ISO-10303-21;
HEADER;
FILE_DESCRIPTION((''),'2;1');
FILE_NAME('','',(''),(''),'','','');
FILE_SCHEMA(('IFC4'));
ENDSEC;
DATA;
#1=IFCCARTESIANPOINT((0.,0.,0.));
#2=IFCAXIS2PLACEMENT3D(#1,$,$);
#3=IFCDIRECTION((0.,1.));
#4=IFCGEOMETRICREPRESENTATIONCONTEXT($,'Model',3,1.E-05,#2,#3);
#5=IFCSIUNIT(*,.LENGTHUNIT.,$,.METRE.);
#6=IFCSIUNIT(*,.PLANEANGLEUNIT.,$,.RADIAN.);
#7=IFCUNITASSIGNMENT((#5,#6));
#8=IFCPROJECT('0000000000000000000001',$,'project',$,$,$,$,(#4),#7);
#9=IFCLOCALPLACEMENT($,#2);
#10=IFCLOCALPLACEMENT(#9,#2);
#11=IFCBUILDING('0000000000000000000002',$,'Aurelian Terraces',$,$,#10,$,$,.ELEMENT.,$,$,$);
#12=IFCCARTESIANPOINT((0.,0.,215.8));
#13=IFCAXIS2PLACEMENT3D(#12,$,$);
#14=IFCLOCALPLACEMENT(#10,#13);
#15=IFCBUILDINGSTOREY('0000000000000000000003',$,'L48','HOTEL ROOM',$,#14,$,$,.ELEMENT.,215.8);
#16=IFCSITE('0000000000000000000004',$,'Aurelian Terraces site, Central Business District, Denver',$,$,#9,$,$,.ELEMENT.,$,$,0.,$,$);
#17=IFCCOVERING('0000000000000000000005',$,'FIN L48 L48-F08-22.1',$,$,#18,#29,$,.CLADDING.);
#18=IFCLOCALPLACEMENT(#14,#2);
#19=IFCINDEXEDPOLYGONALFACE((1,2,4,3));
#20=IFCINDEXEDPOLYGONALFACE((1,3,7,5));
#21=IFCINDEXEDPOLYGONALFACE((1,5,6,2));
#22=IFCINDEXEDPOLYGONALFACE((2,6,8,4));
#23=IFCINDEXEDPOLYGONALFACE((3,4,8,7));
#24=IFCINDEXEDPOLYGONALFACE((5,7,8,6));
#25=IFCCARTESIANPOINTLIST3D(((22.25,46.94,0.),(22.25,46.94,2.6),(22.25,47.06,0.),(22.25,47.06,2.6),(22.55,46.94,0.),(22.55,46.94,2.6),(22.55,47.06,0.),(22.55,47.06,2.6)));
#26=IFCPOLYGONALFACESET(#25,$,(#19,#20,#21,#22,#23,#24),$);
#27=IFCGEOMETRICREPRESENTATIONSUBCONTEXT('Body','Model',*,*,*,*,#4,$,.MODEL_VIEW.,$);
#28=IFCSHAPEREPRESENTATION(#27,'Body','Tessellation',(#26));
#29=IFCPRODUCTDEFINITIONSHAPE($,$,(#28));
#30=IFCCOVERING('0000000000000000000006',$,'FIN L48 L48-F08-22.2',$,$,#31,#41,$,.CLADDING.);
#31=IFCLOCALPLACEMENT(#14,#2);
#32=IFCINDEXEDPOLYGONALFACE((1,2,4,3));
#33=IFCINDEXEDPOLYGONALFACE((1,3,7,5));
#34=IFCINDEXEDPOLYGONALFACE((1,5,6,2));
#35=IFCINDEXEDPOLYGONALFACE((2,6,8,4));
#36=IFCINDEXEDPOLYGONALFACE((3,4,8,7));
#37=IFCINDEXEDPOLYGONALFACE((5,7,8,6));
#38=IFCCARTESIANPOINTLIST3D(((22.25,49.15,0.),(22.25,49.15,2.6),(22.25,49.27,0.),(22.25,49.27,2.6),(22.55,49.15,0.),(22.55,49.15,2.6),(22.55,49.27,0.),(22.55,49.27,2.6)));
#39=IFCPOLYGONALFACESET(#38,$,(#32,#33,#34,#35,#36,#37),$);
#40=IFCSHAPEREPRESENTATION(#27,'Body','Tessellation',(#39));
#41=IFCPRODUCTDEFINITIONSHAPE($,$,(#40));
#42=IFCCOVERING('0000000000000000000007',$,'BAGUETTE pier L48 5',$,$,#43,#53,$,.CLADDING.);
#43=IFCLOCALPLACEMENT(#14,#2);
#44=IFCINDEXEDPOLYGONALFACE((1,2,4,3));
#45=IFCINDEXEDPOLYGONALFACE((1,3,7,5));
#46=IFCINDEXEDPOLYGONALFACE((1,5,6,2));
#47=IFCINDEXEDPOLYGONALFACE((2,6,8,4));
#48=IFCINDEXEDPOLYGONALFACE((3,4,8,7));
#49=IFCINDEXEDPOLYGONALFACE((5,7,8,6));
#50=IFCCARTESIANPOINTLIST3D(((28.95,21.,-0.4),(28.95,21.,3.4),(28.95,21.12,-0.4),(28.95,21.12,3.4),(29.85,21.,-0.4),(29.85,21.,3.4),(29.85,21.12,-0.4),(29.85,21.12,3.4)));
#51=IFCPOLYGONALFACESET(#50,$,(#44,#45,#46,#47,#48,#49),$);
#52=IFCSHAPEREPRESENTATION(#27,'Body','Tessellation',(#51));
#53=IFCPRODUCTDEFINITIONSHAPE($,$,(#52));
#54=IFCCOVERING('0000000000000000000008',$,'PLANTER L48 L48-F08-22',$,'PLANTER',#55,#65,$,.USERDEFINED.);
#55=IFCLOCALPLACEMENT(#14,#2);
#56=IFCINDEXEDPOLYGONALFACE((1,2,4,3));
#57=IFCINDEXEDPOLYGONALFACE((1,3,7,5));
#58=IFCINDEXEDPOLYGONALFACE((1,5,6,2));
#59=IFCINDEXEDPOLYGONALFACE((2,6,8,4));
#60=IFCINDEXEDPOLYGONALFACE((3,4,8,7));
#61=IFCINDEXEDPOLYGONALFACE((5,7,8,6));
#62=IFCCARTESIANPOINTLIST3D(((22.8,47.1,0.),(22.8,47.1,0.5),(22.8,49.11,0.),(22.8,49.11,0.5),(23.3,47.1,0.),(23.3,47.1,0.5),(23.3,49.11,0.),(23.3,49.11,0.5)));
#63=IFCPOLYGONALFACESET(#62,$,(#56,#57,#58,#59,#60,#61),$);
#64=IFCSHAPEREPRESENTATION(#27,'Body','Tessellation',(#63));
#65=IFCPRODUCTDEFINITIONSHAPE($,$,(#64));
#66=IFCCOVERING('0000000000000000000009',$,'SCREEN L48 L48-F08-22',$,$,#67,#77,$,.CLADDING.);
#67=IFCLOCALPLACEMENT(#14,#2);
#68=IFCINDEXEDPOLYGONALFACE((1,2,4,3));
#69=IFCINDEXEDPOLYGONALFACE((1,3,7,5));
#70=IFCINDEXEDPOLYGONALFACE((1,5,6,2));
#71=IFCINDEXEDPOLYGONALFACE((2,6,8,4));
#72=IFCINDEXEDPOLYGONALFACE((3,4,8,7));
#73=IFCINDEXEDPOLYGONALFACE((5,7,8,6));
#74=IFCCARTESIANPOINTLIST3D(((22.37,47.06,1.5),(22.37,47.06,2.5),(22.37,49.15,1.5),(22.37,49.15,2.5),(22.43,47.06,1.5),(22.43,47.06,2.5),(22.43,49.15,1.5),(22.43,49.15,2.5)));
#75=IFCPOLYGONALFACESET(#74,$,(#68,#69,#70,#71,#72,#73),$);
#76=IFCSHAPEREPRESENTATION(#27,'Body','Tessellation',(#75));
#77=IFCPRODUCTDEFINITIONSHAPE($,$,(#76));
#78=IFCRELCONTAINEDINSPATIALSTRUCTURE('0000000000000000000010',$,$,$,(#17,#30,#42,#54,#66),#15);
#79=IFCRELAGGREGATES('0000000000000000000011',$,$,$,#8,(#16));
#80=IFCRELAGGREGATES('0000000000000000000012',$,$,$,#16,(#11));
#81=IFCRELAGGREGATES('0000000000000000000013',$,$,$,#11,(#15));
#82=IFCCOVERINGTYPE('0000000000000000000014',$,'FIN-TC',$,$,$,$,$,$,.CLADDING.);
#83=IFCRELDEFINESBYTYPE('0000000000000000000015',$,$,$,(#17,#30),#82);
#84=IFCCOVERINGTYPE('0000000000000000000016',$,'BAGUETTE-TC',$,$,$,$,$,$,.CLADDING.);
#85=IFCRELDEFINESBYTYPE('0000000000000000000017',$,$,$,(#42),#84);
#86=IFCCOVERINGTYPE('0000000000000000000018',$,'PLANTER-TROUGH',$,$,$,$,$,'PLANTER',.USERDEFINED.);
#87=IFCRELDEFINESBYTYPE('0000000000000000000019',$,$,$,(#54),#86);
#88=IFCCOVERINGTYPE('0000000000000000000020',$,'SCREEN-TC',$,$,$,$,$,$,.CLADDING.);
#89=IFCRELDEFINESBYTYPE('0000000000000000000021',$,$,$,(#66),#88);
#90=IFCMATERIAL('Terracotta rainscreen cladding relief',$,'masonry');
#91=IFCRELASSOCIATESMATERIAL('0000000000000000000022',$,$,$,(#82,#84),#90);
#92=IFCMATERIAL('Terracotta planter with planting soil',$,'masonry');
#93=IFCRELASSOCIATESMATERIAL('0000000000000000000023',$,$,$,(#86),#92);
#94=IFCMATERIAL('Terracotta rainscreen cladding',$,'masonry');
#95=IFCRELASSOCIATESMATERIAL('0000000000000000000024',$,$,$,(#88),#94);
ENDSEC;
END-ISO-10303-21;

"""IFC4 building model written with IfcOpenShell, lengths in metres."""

from ifc_helpers import new_model, si_unit, direction, frame, origin, origin_2d, place, context, subcontext, project, spatial, rectangle, extrude, source, transform, mapped, material, type_object, element, save


model = new_model("IFC4")

# Units and contexts
model_context = context("Model", 3, precision=1e-05, world=origin(), true_north=direction((0.0, 1.0)))
body_context = subcontext(model_context, "Body", "Model", "MODEL_VIEW")
ifc_project = project(units=[si_unit("LENGTHUNIT", "METRE"), si_unit("PLANEANGLEUNIT", "RADIAN")], contexts=[model_context])

# Site, building, storey
site_placement = place(None, origin())
site = spatial("IfcSite", under=ifc_project, at=site_placement, Name="Aurelian Terraces site, Central Business District, Denver", CompositionType="ELEMENT", RefElevation=0.0)
building_placement = place(site_placement, origin())
building = spatial("IfcBuilding", under=site, at=building_placement, Name="Aurelian Terraces", CompositionType="ELEMENT")
storey_placement = place(building_placement, frame((0.0, 0.0, 215.8)))
storey = spatial("IfcBuildingStorey", under=building, at=storey_placement, Name="L48", Description="HOTEL ROOM", CompositionType="ELEMENT", Elevation=215.8)

# Shared definitions
ifc_material_1 = material(Name="Terracotta rainscreen cladding", Category="masonry")

# Coverings
ifc_material_2 = material(Name="Terracotta rainscreen cladding relief", Category="masonry")
covering_type_1 = type_object("IfcCoveringType", Name="FIN-TC", PredefinedType="CLADDING", material=ifc_material_2)
shared_shape_1 = source(origin(), body_context, "Body", "SweptSolid", [
    extrude(rectangle(XDim=0.3, YDim=0.12, at=origin_2d()), origin(), (0.0, 0.0, 1.0), 2.6),
])
for number, where, z_axis, x_axis, name in (
    (1, (22.4, 47.0, 0.0), (0.0, 0.0, 1.0), (1.0, 0.0, 0.0), "FIN L48 L48-F08-22.1"),
    (2, (22.4, 49.21, 0.0), (0.0, 0.0, 1.0), (1.0, 0.0, 0.0), "FIN L48 L48-F08-22.2"),
):
    element("IfcCovering", number, at=place(storey_placement, frame(where, z_axis=z_axis, x_axis=x_axis)), inside=storey, type_object=covering_type_1, Name=name, PredefinedType="CLADDING", context=body_context, shape_type="MappedRepresentation", body=[
        mapped(shared_shape_1, transform((0.0, 0.0, 0.0), scale=1.0)),
    ])
covering_type_2 = type_object("IfcCoveringType", Name="BAGUETTE-TC", PredefinedType="CLADDING", material=ifc_material_2)
shared_shape_2 = source(origin(), body_context, "Body", "SweptSolid", [
    extrude(rectangle(XDim=0.9, YDim=0.12, at=origin_2d()), origin(), (0.0, 0.0, 1.0), 3.8),
])
covering_1_placement = place(storey_placement, frame((29.4, 21.06, -0.4), z_axis=(0.0, 0.0, 1.0), x_axis=(1.0, 0.0, 0.0)))
element("IfcCovering", 3, at=covering_1_placement, inside=storey, type_object=covering_type_2, Name="BAGUETTE pier L48 5", PredefinedType="CLADDING", context=body_context, shape_type="MappedRepresentation", body=[
    mapped(shared_shape_2, transform((0.0, 0.0, 0.0), scale=1.0)),
])

# Coverings
ifc_material_3 = material(Name="Terracotta planter with planting soil", Category="masonry")
covering_type_3 = type_object("IfcCoveringType", Name="PLANTER-TROUGH", ElementType="PLANTER", PredefinedType="USERDEFINED", material=ifc_material_3)
shared_shape_3 = source(origin(), body_context, "Body", "SweptSolid", [
    extrude(rectangle(XDim=0.5, YDim=2.01, at=origin_2d()), origin(), (0.0, 0.0, 1.0), 0.5),
])
covering_2_placement = place(storey_placement, frame((23.05, 48.105, 0.0), z_axis=(0.0, 0.0, 1.0), x_axis=(1.0, 0.0, 0.0)))
element("IfcCovering", 4, at=covering_2_placement, inside=storey, type_object=covering_type_3, Name="PLANTER L48 L48-F08-22", ObjectType="PLANTER", PredefinedType="USERDEFINED", context=body_context, shape_type="MappedRepresentation", body=[
    mapped(shared_shape_3, transform((0.0, 0.0, 0.0), scale=1.0)),
])
covering_type_4 = type_object("IfcCoveringType", Name="SCREEN-TC", PredefinedType="CLADDING", material=ifc_material_1)
shared_shape_4 = source(origin(), body_context, "Body", "SweptSolid", [
    extrude(rectangle(XDim=0.06, YDim=2.09, at=origin_2d()), origin(), (0.0, 0.0, 1.0), 1.0),
])
covering_3_placement = place(storey_placement, frame((22.4, 48.105, 1.5), z_axis=(0.0, 0.0, 1.0), x_axis=(1.0, 0.0, 0.0)))
element("IfcCovering", 5, at=covering_3_placement, inside=storey, type_object=covering_type_4, Name="SCREEN L48 L48-F08-22", PredefinedType="CLADDING", context=body_context, shape_type="MappedRepresentation", body=[
    mapped(shared_shape_4, transform((0.0, 0.0, 0.0), scale=1.0)),
])

save(model, "model.ifc")
